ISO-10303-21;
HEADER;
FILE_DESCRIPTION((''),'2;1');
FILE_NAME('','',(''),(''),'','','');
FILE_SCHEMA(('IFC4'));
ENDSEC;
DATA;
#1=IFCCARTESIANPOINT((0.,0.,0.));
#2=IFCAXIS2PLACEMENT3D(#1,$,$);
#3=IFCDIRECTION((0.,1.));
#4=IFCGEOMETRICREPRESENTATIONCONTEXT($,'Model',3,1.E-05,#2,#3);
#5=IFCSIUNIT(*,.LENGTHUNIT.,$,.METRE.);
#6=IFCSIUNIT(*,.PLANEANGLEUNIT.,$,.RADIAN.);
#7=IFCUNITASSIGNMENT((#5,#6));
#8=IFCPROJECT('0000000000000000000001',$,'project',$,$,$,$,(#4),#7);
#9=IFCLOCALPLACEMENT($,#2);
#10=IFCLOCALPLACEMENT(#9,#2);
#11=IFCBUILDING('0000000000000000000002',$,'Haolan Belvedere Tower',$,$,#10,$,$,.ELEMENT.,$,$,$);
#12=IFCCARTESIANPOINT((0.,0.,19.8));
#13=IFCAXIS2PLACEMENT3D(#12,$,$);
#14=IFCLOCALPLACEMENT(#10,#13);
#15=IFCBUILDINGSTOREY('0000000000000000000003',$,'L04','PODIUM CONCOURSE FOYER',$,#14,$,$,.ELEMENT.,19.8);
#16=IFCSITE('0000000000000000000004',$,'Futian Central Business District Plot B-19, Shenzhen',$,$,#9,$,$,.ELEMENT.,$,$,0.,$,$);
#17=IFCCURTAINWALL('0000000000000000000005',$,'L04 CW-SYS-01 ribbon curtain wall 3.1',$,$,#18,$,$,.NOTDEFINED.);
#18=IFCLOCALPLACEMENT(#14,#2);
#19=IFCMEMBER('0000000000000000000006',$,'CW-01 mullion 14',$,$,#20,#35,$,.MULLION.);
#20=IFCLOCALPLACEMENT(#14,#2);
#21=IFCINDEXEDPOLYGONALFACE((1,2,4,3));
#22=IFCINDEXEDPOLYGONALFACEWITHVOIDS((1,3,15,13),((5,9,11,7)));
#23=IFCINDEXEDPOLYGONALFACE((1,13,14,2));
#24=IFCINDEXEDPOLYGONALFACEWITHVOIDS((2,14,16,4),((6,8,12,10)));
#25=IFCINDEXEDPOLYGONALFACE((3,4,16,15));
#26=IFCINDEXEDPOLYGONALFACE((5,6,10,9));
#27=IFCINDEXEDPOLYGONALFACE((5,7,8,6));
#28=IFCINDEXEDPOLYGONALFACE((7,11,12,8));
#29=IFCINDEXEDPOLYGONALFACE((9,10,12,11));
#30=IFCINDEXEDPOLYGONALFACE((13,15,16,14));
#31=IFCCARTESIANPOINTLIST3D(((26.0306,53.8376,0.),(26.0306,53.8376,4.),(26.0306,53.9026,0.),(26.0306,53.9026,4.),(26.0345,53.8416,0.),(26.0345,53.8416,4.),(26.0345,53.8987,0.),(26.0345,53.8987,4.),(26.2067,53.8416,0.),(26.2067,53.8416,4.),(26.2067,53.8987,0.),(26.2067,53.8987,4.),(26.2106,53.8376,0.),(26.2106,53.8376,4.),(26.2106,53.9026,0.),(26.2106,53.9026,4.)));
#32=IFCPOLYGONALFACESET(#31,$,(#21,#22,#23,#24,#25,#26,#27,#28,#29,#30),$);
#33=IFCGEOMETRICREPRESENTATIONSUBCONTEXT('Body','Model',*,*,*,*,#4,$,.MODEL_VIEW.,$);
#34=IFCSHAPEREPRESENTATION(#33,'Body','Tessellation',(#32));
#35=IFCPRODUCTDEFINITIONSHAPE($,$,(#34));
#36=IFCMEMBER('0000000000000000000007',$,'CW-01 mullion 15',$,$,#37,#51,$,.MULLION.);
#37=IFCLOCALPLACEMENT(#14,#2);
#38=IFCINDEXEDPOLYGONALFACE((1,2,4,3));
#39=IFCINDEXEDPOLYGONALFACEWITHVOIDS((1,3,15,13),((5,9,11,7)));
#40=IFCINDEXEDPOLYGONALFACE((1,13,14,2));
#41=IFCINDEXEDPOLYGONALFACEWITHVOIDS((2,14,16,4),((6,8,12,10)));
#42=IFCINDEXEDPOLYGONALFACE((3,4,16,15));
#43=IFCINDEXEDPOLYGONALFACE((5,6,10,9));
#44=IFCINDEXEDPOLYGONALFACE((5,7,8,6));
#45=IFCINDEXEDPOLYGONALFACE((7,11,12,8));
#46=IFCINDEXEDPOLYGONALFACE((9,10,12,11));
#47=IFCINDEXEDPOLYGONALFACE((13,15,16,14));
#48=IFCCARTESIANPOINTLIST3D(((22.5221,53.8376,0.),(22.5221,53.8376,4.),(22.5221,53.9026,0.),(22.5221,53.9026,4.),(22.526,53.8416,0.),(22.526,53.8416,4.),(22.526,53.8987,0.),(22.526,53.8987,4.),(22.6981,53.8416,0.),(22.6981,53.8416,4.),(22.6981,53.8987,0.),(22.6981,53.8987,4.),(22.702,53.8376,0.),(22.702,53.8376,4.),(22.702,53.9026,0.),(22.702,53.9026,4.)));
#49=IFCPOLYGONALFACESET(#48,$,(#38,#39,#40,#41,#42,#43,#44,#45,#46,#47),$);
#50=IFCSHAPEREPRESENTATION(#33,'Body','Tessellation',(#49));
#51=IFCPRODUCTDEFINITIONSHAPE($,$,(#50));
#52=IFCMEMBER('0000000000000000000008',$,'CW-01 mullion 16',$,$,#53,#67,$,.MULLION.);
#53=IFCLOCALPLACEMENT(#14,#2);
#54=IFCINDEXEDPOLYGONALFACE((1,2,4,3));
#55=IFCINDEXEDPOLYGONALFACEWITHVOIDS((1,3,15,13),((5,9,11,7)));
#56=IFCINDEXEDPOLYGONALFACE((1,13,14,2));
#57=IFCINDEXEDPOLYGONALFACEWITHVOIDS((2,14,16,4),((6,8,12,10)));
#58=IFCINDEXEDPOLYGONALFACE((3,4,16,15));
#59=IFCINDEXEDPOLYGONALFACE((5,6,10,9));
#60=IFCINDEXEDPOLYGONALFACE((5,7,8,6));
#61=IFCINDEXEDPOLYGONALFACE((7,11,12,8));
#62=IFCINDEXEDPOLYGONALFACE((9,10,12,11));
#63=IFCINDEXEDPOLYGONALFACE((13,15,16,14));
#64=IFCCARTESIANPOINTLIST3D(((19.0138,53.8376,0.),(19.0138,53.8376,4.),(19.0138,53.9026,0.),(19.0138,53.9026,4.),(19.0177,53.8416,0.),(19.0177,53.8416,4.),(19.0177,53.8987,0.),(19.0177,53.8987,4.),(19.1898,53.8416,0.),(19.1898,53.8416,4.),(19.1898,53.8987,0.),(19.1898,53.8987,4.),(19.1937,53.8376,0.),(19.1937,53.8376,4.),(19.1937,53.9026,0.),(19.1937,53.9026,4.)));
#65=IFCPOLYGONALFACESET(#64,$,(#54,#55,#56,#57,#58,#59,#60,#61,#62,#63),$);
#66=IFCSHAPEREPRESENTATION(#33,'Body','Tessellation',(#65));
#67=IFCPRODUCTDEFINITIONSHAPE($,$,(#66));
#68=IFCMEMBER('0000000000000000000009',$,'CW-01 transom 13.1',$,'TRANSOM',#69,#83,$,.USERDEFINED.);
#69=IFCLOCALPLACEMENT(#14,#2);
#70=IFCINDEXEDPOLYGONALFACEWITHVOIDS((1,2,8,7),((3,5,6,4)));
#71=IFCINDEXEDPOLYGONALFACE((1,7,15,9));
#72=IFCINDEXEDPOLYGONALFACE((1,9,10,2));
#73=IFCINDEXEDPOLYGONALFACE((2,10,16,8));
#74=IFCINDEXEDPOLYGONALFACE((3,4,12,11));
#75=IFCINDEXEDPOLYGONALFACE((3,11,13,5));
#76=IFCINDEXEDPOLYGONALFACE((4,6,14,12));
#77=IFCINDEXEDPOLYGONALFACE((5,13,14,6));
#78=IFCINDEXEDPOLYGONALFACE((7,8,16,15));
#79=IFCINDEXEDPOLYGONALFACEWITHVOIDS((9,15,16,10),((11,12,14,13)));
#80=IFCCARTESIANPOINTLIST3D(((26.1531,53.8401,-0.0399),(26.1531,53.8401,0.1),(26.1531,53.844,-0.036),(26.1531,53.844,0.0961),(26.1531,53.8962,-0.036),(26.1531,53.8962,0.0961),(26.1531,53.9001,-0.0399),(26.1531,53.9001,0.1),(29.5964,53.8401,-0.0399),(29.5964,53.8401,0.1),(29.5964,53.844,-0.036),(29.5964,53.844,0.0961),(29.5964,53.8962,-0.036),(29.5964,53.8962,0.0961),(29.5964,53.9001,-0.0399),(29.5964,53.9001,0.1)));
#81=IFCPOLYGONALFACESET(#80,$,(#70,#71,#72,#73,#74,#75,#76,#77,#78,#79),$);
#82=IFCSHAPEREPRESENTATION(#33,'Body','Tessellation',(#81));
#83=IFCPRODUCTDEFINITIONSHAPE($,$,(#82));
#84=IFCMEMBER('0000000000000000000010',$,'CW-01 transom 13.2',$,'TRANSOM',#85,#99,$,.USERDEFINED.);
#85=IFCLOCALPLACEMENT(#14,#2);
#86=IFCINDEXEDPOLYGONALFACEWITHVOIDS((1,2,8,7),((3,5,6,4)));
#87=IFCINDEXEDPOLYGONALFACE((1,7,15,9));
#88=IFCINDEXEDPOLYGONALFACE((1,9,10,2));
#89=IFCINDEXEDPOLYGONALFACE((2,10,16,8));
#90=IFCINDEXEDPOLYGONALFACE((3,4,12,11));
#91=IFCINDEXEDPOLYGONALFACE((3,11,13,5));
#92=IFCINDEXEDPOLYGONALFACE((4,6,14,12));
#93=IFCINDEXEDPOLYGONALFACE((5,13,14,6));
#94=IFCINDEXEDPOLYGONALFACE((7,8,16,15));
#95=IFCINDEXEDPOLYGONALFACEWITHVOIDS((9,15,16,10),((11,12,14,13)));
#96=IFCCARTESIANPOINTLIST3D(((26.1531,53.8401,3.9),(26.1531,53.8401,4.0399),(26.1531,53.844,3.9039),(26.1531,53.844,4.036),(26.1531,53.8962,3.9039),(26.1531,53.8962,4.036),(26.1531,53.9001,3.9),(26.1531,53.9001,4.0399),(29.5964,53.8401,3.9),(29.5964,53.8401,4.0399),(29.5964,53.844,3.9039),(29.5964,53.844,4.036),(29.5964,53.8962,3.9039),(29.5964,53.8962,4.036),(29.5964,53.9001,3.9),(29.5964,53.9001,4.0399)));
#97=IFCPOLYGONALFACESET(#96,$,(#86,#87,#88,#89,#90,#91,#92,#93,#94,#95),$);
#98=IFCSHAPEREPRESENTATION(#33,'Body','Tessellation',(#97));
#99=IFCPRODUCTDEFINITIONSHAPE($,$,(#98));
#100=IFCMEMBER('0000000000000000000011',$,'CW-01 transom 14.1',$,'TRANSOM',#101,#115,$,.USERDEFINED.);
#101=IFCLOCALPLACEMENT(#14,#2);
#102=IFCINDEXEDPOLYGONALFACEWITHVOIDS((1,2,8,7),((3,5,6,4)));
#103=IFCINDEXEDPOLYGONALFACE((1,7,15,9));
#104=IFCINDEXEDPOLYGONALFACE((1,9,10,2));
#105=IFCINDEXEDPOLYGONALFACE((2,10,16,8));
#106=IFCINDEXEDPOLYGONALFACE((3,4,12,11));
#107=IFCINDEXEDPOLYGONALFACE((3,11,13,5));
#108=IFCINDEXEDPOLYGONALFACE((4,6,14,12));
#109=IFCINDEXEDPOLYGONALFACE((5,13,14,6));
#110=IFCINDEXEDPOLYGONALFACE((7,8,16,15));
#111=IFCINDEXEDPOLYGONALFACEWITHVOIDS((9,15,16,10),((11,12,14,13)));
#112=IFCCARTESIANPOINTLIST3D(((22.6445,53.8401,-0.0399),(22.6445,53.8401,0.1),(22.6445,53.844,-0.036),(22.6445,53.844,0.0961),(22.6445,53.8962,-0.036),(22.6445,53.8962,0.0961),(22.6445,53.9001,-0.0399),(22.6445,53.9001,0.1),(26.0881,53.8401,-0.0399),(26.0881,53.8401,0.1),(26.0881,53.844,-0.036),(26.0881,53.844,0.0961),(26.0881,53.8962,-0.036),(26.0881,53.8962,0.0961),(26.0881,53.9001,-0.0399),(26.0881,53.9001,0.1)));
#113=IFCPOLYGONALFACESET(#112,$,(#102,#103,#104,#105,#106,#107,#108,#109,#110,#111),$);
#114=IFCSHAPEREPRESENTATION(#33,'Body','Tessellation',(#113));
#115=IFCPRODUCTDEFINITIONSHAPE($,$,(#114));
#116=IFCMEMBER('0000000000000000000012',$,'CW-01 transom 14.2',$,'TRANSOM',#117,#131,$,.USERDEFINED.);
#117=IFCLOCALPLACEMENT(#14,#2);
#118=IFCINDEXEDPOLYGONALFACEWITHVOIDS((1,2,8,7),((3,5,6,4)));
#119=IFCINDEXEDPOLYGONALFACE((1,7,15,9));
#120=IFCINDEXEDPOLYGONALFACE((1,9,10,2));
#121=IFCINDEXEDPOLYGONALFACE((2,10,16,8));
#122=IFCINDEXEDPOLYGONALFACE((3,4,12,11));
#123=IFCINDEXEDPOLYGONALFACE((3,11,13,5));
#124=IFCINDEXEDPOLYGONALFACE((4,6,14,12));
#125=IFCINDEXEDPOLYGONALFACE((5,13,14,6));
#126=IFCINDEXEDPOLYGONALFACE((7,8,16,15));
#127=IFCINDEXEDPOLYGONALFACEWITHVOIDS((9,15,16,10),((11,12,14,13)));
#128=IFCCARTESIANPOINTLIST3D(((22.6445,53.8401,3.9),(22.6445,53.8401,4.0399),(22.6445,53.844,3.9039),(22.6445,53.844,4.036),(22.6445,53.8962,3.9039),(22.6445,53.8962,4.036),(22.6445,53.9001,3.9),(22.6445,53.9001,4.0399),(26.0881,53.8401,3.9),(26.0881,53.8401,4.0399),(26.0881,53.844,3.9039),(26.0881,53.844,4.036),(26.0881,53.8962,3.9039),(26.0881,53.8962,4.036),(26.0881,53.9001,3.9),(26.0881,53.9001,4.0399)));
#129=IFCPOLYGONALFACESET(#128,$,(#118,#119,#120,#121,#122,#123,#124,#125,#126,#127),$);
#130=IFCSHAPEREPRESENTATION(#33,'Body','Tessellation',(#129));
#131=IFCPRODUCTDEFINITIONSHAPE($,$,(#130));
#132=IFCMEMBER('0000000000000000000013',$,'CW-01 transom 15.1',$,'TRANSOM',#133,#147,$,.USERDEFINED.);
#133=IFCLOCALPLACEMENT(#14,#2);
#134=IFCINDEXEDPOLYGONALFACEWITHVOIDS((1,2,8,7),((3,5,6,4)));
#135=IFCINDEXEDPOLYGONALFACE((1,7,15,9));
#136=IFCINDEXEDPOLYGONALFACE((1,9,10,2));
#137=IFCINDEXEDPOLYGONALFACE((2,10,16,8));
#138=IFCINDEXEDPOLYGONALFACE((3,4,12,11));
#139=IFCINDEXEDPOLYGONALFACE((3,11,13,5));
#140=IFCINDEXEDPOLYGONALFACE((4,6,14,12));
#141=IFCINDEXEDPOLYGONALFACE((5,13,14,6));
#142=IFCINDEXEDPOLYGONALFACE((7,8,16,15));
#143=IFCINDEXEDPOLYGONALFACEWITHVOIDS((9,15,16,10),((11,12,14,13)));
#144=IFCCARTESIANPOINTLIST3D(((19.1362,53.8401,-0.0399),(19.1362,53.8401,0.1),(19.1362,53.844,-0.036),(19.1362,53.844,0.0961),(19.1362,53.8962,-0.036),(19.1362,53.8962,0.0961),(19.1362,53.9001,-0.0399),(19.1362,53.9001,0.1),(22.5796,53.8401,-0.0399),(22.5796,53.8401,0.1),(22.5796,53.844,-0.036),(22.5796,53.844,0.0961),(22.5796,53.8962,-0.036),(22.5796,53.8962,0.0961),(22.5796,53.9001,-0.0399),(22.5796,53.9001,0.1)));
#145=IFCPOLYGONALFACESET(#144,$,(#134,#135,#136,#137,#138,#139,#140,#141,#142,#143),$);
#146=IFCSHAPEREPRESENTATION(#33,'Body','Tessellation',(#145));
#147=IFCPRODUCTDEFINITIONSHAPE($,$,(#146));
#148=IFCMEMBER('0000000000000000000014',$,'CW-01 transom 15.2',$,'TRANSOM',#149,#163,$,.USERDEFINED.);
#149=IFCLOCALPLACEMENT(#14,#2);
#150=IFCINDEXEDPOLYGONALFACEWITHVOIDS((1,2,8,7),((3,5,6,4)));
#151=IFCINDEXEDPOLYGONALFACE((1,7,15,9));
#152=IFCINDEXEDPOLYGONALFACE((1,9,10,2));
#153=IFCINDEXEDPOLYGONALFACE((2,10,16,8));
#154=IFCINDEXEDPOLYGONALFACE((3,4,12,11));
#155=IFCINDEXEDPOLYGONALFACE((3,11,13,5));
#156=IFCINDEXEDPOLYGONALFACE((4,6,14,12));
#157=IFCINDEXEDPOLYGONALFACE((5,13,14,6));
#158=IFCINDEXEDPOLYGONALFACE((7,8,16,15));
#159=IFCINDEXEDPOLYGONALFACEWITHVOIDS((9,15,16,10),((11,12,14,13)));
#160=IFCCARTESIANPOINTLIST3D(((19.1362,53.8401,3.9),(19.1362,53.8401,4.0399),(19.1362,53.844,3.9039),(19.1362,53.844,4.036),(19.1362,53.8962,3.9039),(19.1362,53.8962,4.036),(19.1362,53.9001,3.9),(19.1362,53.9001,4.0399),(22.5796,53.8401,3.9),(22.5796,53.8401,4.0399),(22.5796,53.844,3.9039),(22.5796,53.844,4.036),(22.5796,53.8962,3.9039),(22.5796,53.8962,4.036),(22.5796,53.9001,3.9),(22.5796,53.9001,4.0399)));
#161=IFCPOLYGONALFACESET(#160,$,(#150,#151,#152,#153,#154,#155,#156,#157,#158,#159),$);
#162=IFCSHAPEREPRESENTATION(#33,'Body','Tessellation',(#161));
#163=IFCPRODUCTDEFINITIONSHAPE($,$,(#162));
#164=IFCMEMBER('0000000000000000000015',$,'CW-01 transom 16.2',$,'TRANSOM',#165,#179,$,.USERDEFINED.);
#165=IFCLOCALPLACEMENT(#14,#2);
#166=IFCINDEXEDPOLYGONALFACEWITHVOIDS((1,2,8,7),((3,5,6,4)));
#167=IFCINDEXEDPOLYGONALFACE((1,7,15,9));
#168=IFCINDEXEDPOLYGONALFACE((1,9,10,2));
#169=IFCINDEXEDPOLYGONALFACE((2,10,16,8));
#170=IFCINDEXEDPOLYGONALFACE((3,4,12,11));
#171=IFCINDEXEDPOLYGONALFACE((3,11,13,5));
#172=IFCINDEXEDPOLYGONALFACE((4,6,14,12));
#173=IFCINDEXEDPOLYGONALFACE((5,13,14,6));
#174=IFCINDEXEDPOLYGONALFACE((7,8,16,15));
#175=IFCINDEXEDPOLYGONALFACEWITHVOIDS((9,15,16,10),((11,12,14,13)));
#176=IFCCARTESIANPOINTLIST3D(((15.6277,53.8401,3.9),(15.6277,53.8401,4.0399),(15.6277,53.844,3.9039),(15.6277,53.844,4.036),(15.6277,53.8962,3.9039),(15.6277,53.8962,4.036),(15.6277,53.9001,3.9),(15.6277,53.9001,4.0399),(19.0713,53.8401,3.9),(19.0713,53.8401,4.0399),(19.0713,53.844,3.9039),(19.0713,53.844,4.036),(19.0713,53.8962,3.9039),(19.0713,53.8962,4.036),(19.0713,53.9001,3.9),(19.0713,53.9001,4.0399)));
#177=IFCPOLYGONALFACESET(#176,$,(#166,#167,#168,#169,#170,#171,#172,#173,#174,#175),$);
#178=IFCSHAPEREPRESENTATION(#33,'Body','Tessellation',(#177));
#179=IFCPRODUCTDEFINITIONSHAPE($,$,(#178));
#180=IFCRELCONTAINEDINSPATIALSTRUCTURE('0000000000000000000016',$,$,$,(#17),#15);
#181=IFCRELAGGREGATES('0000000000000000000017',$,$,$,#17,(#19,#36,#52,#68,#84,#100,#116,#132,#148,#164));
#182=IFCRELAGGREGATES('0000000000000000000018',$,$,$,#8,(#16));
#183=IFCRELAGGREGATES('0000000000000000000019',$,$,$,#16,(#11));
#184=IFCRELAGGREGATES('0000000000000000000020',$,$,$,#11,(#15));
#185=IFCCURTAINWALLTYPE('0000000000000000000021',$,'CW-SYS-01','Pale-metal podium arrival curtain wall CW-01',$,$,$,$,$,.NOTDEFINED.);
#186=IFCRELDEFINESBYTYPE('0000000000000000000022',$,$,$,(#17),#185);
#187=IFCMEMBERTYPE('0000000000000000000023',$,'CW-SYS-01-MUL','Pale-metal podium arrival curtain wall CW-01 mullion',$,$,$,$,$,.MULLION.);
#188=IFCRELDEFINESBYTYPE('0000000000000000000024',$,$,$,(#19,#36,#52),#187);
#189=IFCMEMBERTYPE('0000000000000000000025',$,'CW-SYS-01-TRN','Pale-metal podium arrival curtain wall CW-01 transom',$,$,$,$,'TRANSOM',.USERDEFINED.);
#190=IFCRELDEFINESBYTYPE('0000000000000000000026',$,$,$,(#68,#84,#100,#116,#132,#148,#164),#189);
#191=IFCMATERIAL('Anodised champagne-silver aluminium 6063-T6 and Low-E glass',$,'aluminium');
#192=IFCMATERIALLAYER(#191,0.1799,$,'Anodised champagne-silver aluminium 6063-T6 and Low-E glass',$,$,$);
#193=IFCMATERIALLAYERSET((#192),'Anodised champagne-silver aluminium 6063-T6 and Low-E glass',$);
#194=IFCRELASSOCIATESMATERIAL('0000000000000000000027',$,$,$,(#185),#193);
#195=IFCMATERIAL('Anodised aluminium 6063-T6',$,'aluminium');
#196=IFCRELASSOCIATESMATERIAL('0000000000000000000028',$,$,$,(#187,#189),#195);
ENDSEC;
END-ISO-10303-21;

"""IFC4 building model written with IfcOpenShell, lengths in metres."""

from ifc_helpers import new_model, si_unit, direction, frame, origin, origin_2d, place, context, subcontext, project, spatial, hollow_rectangle, extrude, material, layer, layer_set, material_profile, profile_set, type_object, element, aggregate, save


model = new_model("IFC4")

# Units and contexts
model_context = context("Model", 3, precision=1e-05, world=origin(), true_north=direction((0.0, 1.0)))
body_context = subcontext(model_context, "Body", "Model", "MODEL_VIEW")
ifc_project = project(units=[si_unit("LENGTHUNIT", "METRE"), si_unit("PLANEANGLEUNIT", "RADIAN")], contexts=[model_context])

# Site, building, storey
site_placement = place(None, origin())
site = spatial("IfcSite", under=ifc_project, at=site_placement, Name="Futian Central Business District Plot B-19, Shenzhen", CompositionType="ELEMENT", RefElevation=0.0)
building_placement = place(site_placement, origin())
building = spatial("IfcBuilding", under=site, at=building_placement, Name="Haolan Belvedere Tower", CompositionType="ELEMENT")
storey_placement = place(building_placement, frame((0.0, 0.0, 19.8)))
storey = spatial("IfcBuildingStorey", under=building, at=storey_placement, Name="L04", Description="PODIUM CONCOURSE FOYER", CompositionType="ELEMENT", Elevation=19.8)

# Curtain wall, members
ifc_material_1 = material(Name="Anodised champagne-silver aluminium 6063-T6 and Low-E glass", Category="aluminium")
ifc_layer_1 = layer(ifc_material_1, 0.1799, Name="Anodised champagne-silver aluminium 6063-T6 and Low-E glass")
ifc_layer_set_1 = layer_set([ifc_layer_1], Name="Anodised champagne-silver aluminium 6063-T6 and Low-E glass")
curtain_wall_type = type_object("IfcCurtainWallType", Name="CW-SYS-01", Description="Pale-metal podium arrival curtain wall CW-01", PredefinedType="NOTDEFINED", material=ifc_layer_set_1)
curtain_wall_placement = place(storey_placement, origin())
curtain_wall = element("IfcCurtainWall", 1, at=curtain_wall_placement, inside=storey, type_object=curtain_wall_type, Name="L04 CW-SYS-01 ribbon curtain wall 3.1", PredefinedType="NOTDEFINED")
ifc_material_2 = material(Name="Anodised aluminium 6063-T6", Category="aluminium")
ifc_material_profile_1 = material_profile(ifc_material_2, hollow_rectangle(XDim=0.0649, YDim=0.1799, WallThickness=0.0039, at=origin_2d()), Name="Anodised aluminium 6063-T6")
ifc_profile_set_1 = profile_set([ifc_material_profile_1], Name="Anodised aluminium 6063-T6")
member_type_1 = type_object("IfcMemberType", Name="CW-SYS-01-MUL", Description="Pale-metal podium arrival curtain wall CW-01 mullion", PredefinedType="MULLION", material=ifc_profile_set_1)
member_1_placement = place(storey_placement, frame((26.1206, 53.8701, 0.0), z_axis=(0.0, 0.0, 1.0), x_axis=(0.0, -1.0, 0.0)))
member_1 = element("IfcMember", 2, at=member_1_placement, type_object=member_type_1, Name="CW-01 mullion 14", PredefinedType="MULLION", context=body_context, shape_type="SweptSolid", body=[
    extrude(hollow_rectangle(XDim=0.0649, YDim=0.1799, WallThickness=0.0039, at=origin_2d()), origin(), (0.0, 0.0, 1.0), 4.0),
])
member_2_placement = place(storey_placement, frame((22.6121, 53.8701, 0.0), z_axis=(0.0, 0.0, 1.0), x_axis=(0.0, -1.0, 0.0)))
member_2 = element("IfcMember", 3, at=member_2_placement, type_object=member_type_1, Name="CW-01 mullion 15", PredefinedType="MULLION", context=body_context, shape_type="SweptSolid", body=[
    extrude(hollow_rectangle(XDim=0.0649, YDim=0.1799, WallThickness=0.0039, at=origin_2d()), origin(), (0.0, 0.0, 1.0), 4.0),
])
member_3_placement = place(storey_placement, frame((19.1038, 53.8701, 0.0), z_axis=(0.0, 0.0, 1.0), x_axis=(0.0, -1.0, 0.0)))
member_3 = element("IfcMember", 4, at=member_3_placement, type_object=member_type_1, Name="CW-01 mullion 16", PredefinedType="MULLION", context=body_context, shape_type="SweptSolid", body=[
    extrude(hollow_rectangle(XDim=0.0649, YDim=0.1799, WallThickness=0.0039, at=origin_2d()), origin(), (0.0, 0.0, 1.0), 4.0),
])
ifc_material_profile_2 = material_profile(ifc_material_2, hollow_rectangle(XDim=0.0601, YDim=0.1399, WallThickness=0.0039, at=origin_2d()), Name="Anodised aluminium 6063-T6")
ifc_profile_set_2 = profile_set([ifc_material_profile_2], Name="Anodised aluminium 6063-T6")
member_type_2 = type_object("IfcMemberType", Name="CW-SYS-01-TRN", Description="Pale-metal podium arrival curtain wall CW-01 transom", ElementType="TRANSOM", PredefinedType="USERDEFINED", material=ifc_profile_set_2)
member_4_placement = place(storey_placement, frame((29.5964, 53.8701, 0.03), z_axis=(-1.0, 0.0, 0.0), x_axis=(0.0, -1.0, 0.0)))
member_4 = element("IfcMember", 5, at=member_4_placement, type_object=member_type_2, Name="CW-01 transom 13.1", ObjectType="TRANSOM", PredefinedType="USERDEFINED", context=body_context, shape_type="SweptSolid", body=[
    extrude(hollow_rectangle(XDim=0.0601, YDim=0.1399, WallThickness=0.0039, at=origin_2d()), origin(), (0.0, 0.0, 1.0), 3.4434),
])
member_5_placement = place(storey_placement, frame((29.5964, 53.8701, 3.97), z_axis=(-1.0, 0.0, 0.0), x_axis=(0.0, -1.0, 0.0)))
member_5 = element("IfcMember", 6, at=member_5_placement, type_object=member_type_2, Name="CW-01 transom 13.2", ObjectType="TRANSOM", PredefinedType="USERDEFINED", context=body_context, shape_type="SweptSolid", body=[
    extrude(hollow_rectangle(XDim=0.0601, YDim=0.1399, WallThickness=0.0039, at=origin_2d()), origin(), (0.0, 0.0, 1.0), 3.4434),
])
member_6_placement = place(storey_placement, frame((26.0881, 53.8701, 0.03), z_axis=(-1.0, 0.0, 0.0), x_axis=(0.0, -1.0, 0.0)))
member_6 = element("IfcMember", 7, at=member_6_placement, type_object=member_type_2, Name="CW-01 transom 14.1", ObjectType="TRANSOM", PredefinedType="USERDEFINED", context=body_context, shape_type="SweptSolid", body=[
    extrude(hollow_rectangle(XDim=0.0601, YDim=0.1399, WallThickness=0.0039, at=origin_2d()), origin(), (0.0, 0.0, 1.0), 3.4436),
])
member_7_placement = place(storey_placement, frame((26.0881, 53.8701, 3.97), z_axis=(-1.0, 0.0, 0.0), x_axis=(0.0, -1.0, 0.0)))
member_7 = element("IfcMember", 8, at=member_7_placement, type_object=member_type_2, Name="CW-01 transom 14.2", ObjectType="TRANSOM", PredefinedType="USERDEFINED", context=body_context, shape_type="SweptSolid", body=[
    extrude(hollow_rectangle(XDim=0.0601, YDim=0.1399, WallThickness=0.0039, at=origin_2d()), origin(), (0.0, 0.0, 1.0), 3.4436),
])
member_8_placement = place(storey_placement, frame((22.5796, 53.8701, 0.03), z_axis=(-1.0, 0.0, 0.0), x_axis=(0.0, -1.0, 0.0)))
member_8 = element("IfcMember", 9, at=member_8_placement, type_object=member_type_2, Name="CW-01 transom 15.1", ObjectType="TRANSOM", PredefinedType="USERDEFINED", context=body_context, shape_type="SweptSolid", body=[
    extrude(hollow_rectangle(XDim=0.0601, YDim=0.1399, WallThickness=0.0039, at=origin_2d()), origin(), (0.0, 0.0, 1.0), 3.4434),
])
member_9_placement = place(storey_placement, frame((22.5796, 53.8701, 3.97), z_axis=(-1.0, 0.0, 0.0), x_axis=(0.0, -1.0, 0.0)))
member_9 = element("IfcMember", 10, at=member_9_placement, type_object=member_type_2, Name="CW-01 transom 15.2", ObjectType="TRANSOM", PredefinedType="USERDEFINED", context=body_context, shape_type="SweptSolid", body=[
    extrude(hollow_rectangle(XDim=0.0601, YDim=0.1399, WallThickness=0.0039, at=origin_2d()), origin(), (0.0, 0.0, 1.0), 3.4434),
])
member_10_placement = place(storey_placement, frame((19.0713, 53.8701, 3.97), z_axis=(-1.0, 0.0, 0.0), x_axis=(0.0, -1.0, 0.0)))
member_10 = element("IfcMember", 11, at=member_10_placement, type_object=member_type_2, Name="CW-01 transom 16.2", ObjectType="TRANSOM", PredefinedType="USERDEFINED", context=body_context, shape_type="SweptSolid", body=[
    extrude(hollow_rectangle(XDim=0.0601, YDim=0.1399, WallThickness=0.0039, at=origin_2d()), origin(), (0.0, 0.0, 1.0), 3.4436),
])

aggregate(curtain_wall, [member_1, member_2, member_3, member_4, member_5, member_6, member_7, member_8, member_9, member_10])

save(model, "model.ifc")
